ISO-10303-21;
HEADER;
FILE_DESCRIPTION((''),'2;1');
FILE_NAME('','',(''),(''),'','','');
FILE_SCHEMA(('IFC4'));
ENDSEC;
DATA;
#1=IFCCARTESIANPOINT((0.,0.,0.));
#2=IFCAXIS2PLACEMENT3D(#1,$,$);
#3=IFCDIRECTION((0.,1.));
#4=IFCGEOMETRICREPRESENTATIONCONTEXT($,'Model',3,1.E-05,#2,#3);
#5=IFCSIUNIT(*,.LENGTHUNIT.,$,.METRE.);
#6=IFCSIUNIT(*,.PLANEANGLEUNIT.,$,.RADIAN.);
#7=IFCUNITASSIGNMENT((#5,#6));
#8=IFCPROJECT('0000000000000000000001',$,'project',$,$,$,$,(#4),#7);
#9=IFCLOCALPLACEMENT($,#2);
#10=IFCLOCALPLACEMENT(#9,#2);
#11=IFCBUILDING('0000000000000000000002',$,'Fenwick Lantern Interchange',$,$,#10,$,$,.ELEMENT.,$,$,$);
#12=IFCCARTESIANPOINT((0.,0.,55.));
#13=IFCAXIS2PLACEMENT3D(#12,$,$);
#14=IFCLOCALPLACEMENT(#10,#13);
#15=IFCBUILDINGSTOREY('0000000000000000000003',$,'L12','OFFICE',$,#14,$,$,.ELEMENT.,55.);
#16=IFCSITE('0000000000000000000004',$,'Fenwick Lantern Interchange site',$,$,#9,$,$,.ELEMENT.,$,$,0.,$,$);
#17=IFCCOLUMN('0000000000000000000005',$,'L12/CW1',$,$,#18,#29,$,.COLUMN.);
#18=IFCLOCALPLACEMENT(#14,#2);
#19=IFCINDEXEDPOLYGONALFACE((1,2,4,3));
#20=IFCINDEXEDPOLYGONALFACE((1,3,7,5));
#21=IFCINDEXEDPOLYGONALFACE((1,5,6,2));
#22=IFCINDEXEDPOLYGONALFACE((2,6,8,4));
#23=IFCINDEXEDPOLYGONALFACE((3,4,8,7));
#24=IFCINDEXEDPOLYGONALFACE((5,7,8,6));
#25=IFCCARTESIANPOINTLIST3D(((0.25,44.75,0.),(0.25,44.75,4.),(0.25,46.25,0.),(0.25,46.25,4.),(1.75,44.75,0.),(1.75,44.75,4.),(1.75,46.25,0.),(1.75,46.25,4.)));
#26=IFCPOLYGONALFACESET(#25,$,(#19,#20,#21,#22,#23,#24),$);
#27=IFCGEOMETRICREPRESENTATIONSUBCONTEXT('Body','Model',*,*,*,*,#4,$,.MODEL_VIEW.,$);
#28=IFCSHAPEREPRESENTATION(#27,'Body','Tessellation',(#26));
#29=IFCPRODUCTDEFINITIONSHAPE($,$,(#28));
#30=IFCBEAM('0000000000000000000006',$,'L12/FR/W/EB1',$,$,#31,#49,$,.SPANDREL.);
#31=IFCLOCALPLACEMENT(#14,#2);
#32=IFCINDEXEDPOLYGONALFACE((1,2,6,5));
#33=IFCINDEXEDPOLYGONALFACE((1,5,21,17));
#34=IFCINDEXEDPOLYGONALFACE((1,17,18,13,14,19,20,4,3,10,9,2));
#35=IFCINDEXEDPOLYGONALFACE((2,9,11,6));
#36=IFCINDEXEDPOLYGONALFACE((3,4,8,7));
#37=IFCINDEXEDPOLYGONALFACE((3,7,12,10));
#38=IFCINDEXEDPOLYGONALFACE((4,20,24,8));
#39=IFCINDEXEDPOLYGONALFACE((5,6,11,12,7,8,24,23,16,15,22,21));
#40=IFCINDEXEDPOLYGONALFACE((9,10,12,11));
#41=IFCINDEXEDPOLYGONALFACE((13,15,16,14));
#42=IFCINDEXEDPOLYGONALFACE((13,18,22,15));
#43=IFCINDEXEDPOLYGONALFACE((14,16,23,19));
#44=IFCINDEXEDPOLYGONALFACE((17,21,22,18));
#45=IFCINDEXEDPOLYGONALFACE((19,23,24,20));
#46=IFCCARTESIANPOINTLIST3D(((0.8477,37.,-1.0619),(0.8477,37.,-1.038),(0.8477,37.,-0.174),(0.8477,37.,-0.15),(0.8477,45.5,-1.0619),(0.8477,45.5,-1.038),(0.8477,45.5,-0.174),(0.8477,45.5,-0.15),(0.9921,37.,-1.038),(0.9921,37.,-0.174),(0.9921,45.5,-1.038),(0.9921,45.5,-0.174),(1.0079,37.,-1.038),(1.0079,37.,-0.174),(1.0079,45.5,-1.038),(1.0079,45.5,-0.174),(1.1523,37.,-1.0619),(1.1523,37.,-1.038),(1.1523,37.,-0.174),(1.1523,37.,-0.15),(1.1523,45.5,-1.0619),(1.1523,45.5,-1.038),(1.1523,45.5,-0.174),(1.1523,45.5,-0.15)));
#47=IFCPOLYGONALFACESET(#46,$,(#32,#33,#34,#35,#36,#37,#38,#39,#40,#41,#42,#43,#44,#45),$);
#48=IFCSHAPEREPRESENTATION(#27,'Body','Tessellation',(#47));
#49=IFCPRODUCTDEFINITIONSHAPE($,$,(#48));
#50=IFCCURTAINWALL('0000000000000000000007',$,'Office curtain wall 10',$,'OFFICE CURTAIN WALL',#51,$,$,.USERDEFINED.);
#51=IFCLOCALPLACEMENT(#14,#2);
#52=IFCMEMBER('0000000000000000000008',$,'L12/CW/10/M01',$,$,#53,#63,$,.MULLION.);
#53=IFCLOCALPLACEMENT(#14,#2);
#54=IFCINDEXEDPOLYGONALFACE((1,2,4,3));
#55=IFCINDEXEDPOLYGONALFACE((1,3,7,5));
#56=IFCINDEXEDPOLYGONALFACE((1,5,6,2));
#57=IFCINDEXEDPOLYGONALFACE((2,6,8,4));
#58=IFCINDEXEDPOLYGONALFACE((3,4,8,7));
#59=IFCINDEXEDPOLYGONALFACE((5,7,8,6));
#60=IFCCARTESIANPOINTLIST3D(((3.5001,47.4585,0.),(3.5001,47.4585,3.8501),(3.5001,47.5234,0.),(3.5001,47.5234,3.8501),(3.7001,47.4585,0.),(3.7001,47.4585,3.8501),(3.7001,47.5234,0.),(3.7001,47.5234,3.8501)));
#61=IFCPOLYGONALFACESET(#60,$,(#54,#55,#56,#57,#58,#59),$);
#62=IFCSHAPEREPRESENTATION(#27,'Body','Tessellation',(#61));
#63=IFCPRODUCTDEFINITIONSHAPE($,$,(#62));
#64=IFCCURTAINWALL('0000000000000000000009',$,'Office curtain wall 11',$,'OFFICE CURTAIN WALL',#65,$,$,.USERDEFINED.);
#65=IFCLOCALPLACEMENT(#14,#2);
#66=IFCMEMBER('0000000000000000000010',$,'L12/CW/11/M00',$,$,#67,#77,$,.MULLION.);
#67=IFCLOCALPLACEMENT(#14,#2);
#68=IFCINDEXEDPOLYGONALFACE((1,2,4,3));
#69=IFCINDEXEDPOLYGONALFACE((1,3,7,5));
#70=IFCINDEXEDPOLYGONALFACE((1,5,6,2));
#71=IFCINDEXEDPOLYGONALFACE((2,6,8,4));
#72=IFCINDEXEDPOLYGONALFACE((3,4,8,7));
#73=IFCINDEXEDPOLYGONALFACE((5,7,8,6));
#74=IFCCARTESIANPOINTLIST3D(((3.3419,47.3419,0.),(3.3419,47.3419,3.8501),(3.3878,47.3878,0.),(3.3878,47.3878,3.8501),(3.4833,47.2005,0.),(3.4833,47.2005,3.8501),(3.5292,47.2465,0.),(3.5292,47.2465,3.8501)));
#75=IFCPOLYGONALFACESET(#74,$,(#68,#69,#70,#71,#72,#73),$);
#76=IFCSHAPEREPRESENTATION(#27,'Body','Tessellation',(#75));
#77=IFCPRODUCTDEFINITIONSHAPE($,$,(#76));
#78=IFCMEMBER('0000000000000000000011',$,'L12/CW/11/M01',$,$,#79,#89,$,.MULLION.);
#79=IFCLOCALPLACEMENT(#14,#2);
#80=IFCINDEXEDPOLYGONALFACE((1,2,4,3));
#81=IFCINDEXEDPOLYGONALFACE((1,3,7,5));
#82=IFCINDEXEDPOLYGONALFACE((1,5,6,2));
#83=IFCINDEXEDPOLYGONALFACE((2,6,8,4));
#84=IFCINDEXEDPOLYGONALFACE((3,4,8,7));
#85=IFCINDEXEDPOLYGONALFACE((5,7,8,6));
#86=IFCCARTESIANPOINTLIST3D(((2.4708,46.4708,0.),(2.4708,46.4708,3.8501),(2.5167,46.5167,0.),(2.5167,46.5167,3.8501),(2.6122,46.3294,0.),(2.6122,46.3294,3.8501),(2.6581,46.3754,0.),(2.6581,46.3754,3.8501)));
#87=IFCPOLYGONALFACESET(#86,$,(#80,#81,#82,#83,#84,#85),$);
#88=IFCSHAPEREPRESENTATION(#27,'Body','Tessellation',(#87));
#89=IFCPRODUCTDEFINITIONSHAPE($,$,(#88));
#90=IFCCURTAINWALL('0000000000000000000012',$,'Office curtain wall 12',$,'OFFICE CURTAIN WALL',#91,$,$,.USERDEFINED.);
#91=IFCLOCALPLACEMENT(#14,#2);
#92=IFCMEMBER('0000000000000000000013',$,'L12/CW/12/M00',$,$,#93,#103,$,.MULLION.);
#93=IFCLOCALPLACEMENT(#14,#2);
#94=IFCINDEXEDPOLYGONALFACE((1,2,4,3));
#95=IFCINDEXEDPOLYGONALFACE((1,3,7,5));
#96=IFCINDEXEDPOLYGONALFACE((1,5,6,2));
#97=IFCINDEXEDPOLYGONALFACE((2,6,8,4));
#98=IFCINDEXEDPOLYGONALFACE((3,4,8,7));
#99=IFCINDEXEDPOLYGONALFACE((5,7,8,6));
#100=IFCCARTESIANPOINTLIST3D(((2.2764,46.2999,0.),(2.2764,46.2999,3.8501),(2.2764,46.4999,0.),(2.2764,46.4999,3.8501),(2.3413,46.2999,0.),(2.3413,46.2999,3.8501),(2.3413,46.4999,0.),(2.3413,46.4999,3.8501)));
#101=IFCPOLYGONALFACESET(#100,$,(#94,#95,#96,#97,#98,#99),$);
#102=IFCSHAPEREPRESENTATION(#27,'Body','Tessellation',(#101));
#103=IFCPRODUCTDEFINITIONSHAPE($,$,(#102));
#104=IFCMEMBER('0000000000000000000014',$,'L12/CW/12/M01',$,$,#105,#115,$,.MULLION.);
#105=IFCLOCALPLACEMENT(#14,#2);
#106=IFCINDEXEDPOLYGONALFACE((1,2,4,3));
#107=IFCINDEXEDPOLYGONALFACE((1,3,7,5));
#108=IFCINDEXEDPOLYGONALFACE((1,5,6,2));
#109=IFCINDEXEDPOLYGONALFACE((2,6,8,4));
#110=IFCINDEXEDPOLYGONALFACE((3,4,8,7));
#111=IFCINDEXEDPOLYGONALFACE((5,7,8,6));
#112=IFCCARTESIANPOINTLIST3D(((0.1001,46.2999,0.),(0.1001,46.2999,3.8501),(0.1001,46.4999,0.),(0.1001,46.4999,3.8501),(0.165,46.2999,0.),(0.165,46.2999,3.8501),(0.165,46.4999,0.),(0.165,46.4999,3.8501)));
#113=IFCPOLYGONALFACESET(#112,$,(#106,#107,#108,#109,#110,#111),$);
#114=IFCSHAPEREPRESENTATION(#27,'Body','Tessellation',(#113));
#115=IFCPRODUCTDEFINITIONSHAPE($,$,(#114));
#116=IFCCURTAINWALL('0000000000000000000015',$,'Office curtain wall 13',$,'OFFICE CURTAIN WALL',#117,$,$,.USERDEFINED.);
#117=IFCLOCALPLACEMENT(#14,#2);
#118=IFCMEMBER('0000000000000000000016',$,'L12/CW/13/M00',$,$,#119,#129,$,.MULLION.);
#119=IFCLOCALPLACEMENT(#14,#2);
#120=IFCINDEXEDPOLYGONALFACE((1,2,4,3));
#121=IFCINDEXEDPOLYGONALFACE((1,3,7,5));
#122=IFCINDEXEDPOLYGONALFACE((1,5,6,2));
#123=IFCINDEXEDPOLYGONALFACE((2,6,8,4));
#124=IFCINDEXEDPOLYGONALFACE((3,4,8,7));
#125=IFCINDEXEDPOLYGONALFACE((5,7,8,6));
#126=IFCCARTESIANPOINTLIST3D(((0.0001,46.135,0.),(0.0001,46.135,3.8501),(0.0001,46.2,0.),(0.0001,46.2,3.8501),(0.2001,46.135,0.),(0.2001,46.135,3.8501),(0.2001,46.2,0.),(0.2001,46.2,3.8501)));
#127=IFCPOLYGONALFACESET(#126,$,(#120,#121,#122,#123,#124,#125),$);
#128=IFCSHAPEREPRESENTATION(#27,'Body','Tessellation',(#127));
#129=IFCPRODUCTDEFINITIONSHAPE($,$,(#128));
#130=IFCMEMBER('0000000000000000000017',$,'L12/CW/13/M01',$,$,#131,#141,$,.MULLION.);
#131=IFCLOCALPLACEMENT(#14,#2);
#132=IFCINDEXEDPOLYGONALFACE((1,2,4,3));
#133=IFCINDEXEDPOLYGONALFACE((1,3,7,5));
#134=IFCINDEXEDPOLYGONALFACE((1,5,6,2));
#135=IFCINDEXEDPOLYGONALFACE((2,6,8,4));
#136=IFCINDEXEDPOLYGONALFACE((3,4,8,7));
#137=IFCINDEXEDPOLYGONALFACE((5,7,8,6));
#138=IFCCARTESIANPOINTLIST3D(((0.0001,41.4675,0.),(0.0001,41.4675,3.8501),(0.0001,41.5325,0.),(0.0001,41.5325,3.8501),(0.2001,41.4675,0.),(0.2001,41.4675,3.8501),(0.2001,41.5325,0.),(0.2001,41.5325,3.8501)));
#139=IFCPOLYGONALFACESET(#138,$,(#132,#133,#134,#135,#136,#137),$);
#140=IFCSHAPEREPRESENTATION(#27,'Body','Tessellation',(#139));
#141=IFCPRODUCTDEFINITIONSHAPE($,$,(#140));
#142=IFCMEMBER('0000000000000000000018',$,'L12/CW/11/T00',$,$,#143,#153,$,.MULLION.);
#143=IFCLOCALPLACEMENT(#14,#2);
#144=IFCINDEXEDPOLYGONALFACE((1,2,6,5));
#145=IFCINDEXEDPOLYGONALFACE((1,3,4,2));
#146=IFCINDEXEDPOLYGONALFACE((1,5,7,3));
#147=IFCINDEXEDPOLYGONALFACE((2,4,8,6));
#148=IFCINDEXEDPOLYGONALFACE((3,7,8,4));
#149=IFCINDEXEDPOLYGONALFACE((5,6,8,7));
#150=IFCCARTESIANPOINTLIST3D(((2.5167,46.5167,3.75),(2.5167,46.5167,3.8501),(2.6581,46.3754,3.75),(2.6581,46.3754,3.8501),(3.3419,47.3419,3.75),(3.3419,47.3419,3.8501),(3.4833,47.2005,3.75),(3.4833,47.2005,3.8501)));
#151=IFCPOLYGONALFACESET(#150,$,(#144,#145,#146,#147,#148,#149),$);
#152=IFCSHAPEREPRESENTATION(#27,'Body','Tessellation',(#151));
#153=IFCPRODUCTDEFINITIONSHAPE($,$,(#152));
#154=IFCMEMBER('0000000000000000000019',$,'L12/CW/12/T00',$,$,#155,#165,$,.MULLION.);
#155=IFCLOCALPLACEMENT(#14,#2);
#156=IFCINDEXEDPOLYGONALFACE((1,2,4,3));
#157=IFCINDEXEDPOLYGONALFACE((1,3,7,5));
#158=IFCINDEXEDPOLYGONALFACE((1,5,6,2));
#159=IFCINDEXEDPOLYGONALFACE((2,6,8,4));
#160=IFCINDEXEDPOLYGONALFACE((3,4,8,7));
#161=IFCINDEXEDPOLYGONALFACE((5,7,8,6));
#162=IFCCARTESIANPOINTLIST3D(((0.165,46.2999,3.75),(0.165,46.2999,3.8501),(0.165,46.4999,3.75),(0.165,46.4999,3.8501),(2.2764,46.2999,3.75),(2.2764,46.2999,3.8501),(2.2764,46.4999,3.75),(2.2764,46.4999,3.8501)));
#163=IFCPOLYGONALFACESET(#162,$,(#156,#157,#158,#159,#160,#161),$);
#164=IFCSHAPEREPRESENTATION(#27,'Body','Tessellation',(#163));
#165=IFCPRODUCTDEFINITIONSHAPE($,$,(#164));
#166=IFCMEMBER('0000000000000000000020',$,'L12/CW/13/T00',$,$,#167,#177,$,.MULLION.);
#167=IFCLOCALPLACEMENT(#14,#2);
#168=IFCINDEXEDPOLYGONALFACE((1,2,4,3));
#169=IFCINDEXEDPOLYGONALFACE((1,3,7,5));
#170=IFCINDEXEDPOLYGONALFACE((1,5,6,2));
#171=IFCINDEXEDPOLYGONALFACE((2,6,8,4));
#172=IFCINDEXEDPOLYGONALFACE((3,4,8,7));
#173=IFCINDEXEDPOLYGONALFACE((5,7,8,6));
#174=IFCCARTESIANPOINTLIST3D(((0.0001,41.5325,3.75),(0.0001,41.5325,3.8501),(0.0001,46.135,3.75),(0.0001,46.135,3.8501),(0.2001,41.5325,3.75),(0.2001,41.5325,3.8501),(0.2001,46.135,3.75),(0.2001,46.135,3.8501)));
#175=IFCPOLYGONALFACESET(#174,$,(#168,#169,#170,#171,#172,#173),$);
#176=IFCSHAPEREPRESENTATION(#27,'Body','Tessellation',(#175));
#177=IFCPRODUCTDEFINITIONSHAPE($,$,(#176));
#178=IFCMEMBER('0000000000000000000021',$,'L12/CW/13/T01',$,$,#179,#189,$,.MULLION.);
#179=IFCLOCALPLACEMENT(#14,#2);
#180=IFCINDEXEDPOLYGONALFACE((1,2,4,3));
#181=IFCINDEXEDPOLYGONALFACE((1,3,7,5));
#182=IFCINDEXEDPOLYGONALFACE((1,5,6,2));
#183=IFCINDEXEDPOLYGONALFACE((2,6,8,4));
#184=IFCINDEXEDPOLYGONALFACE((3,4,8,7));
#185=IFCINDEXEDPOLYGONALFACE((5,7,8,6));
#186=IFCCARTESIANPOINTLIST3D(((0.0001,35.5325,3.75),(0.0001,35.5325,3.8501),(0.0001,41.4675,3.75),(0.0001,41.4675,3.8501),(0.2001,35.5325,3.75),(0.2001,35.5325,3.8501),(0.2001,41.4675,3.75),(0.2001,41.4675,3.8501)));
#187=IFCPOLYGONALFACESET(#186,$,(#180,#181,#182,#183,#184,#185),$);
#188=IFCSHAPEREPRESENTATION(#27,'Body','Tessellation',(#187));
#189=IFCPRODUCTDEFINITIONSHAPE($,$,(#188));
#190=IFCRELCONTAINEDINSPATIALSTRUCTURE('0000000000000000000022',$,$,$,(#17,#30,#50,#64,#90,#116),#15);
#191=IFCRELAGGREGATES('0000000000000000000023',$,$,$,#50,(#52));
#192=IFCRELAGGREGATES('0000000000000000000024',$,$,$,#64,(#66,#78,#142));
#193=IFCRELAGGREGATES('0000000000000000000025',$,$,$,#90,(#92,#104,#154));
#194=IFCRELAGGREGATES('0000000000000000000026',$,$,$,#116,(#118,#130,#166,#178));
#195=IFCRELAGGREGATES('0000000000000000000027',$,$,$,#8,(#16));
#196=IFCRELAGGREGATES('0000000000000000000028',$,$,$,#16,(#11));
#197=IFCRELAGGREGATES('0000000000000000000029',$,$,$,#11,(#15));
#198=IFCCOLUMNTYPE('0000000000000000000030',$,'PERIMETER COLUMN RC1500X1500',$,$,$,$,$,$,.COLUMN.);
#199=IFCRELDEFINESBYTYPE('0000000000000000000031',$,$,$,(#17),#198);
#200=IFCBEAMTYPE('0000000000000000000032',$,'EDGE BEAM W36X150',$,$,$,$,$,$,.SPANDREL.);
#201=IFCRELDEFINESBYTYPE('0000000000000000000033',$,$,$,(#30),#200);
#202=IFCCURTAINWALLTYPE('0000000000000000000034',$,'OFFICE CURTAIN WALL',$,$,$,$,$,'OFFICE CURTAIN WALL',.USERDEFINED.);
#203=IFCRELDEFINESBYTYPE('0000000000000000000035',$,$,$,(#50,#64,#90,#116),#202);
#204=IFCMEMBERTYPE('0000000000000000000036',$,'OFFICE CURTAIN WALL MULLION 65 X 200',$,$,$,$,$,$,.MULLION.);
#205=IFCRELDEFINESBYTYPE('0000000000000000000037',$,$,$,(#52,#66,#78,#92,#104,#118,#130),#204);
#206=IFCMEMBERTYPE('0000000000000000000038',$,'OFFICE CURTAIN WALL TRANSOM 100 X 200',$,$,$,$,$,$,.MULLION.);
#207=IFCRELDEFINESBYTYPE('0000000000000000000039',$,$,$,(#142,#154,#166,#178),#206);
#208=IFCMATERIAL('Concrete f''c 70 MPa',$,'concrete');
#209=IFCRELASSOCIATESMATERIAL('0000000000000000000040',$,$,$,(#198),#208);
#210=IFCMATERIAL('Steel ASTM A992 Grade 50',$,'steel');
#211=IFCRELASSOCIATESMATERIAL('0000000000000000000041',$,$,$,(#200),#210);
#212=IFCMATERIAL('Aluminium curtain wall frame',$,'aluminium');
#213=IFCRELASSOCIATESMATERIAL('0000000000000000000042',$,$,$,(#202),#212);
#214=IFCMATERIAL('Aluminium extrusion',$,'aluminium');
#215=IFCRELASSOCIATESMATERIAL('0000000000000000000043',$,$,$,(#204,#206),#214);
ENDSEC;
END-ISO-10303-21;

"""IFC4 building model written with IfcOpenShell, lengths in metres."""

from ifc_helpers import new_model, si_unit, direction, frame, origin, origin_2d, place, context, subcontext, project, spatial, rectangle, i_section, extrude, material, material_profile, profile_set, type_object, element, aggregate, save


model = new_model("IFC4")

# Units and contexts
model_context = context("Model", 3, precision=1e-05, world=origin(), true_north=direction((0.0, 1.0)))
body_context = subcontext(model_context, "Body", "Model", "MODEL_VIEW")
ifc_project = project(units=[si_unit("LENGTHUNIT", "METRE"), si_unit("PLANEANGLEUNIT", "RADIAN")], contexts=[model_context])

# Site, building, storey
site_placement = place(None, origin())
site = spatial("IfcSite", under=ifc_project, at=site_placement, Name="Fenwick Lantern Interchange site", CompositionType="ELEMENT", RefElevation=0.0)
building_placement = place(site_placement, origin())
building = spatial("IfcBuilding", under=site, at=building_placement, Name="Fenwick Lantern Interchange", CompositionType="ELEMENT")
storey_placement = place(building_placement, frame((0.0, 0.0, 55.0)))
storey = spatial("IfcBuildingStorey", under=building, at=storey_placement, Name="L12", Description="OFFICE", CompositionType="ELEMENT", Elevation=55.0)

# Column
ifc_material_1 = material(Name="Concrete f'c 70 MPa", Category="concrete")
ifc_material_profile_1 = material_profile(ifc_material_1, rectangle(XDim=1.5, YDim=1.5, at=origin_2d()), Name="RC1500X1500")
ifc_profile_set_1 = profile_set([ifc_material_profile_1], Name="Concrete f'c 70 MPa")
column_type = type_object("IfcColumnType", Name="PERIMETER COLUMN RC1500X1500", PredefinedType="COLUMN", material=ifc_profile_set_1)
column_placement = place(storey_placement, frame((1.0, 45.5, 0.0), z_axis=(0.0, 0.0, 1.0), x_axis=(1.0, 0.0, 0.0)))
element("IfcColumn", 1, at=column_placement, inside=storey, type_object=column_type, Name="L12/CW1", PredefinedType="COLUMN", context=body_context, shape_type="SweptSolid", body=[
    extrude(rectangle(XDim=1.5, YDim=1.5, at=origin_2d()), origin(), (0.0, 0.0, 1.0), 4.0),
])

# Beam
ifc_material_2 = material(Name="Steel ASTM A992 Grade 50", Category="steel")
ifc_material_profile_2 = material_profile(ifc_material_2, i_section(OverallWidth=0.3047, OverallDepth=0.9119, WebThickness=0.0159, FlangeThickness=0.0239, at=origin_2d()), Name="W36X150")
ifc_profile_set_2 = profile_set([ifc_material_profile_2], Name="Steel ASTM A992 Grade 50")
beam_type = type_object("IfcBeamType", Name="EDGE BEAM W36X150", PredefinedType="SPANDREL", material=ifc_profile_set_2)
beam_placement = place(storey_placement, frame((1.0, 45.5, -0.606), z_axis=(0.0, -1.0, 0.0), x_axis=(1.0, 0.0, 0.0)))
element("IfcBeam", 2, at=beam_placement, inside=storey, type_object=beam_type, Name="L12/FR/W/EB1", PredefinedType="SPANDREL", context=body_context, shape_type="SweptSolid", body=[
    extrude(i_section(OverallWidth=0.3047, OverallDepth=0.9119, WebThickness=0.0159, FlangeThickness=0.0239, at=origin_2d()), origin(), (0.0, 0.0, 1.0), 8.5),
])

# Curtain wall, member
ifc_material_3 = material(Name="Aluminium curtain wall frame", Category="aluminium")
curtain_wall_type = type_object("IfcCurtainWallType", Name="OFFICE CURTAIN WALL", ElementType="OFFICE CURTAIN WALL", PredefinedType="USERDEFINED", material=ifc_material_3)
curtain_wall_1_placement = place(storey_placement, origin())
curtain_wall_1 = element("IfcCurtainWall", 3, at=curtain_wall_1_placement, inside=storey, type_object=curtain_wall_type, Name="Office curtain wall 10", ObjectType="OFFICE CURTAIN WALL", PredefinedType="USERDEFINED")
ifc_material_4 = material(Name="Aluminium extrusion", Category="aluminium")
ifc_material_profile_3 = material_profile(ifc_material_4, rectangle(XDim=0.2, YDim=0.0649, at=origin_2d()), Name="OFFICE CURTAIN WALL MULLION 65 X 200")
ifc_profile_set_3 = profile_set([ifc_material_profile_3], Name="Aluminium extrusion")
member_type_1 = type_object("IfcMemberType", Name="OFFICE CURTAIN WALL MULLION 65 X 200", PredefinedType="MULLION", material=ifc_profile_set_3)
member_1_placement = place(storey_placement, frame((3.6001, 47.491, 0.0), z_axis=(0.0, 0.0, 1.0), x_axis=(1.0, 0.0, 0.0)))
member_1 = element("IfcMember", 4, at=member_1_placement, type_object=member_type_1, Name="L12/CW/10/M01", PredefinedType="MULLION", context=body_context, shape_type="SweptSolid", body=[
    extrude(rectangle(XDim=0.2, YDim=0.0649, at=origin_2d()), origin(), (0.0, 0.0, 1.0), 3.8501),
])
aggregate(curtain_wall_1, [member_1])

# Curtain walls, members
curtain_wall_2_placement = place(storey_placement, origin())
curtain_wall_2 = element("IfcCurtainWall", 5, at=curtain_wall_2_placement, inside=storey, type_object=curtain_wall_type, Name="Office curtain wall 11", ObjectType="OFFICE CURTAIN WALL", PredefinedType="USERDEFINED")
member_2_placement = place(storey_placement, frame((3.4355, 47.2942, 0.0), z_axis=(0.0, 0.0, 1.0), x_axis=(0.707107, -0.707107, 0.0)))
member_2 = element("IfcMember", 6, at=member_2_placement, type_object=member_type_1, Name="L12/CW/11/M00", PredefinedType="MULLION", context=body_context, shape_type="SweptSolid", body=[
    extrude(rectangle(XDim=0.2, YDim=0.0649, at=origin_2d()), origin(), (0.0, 0.0, 1.0), 3.8501),
])
member_3_placement = place(storey_placement, frame((2.5645, 46.4231, 0.0), z_axis=(0.0, 0.0, 1.0), x_axis=(0.707107, -0.707107, 0.0)))
member_3 = element("IfcMember", 7, at=member_3_placement, type_object=member_type_1, Name="L12/CW/11/M01", PredefinedType="MULLION", context=body_context, shape_type="SweptSolid", body=[
    extrude(rectangle(XDim=0.2, YDim=0.0649, at=origin_2d()), origin(), (0.0, 0.0, 1.0), 3.8501),
])
curtain_wall_3_placement = place(storey_placement, origin())
curtain_wall_3 = element("IfcCurtainWall", 8, at=curtain_wall_3_placement, inside=storey, type_object=curtain_wall_type, Name="Office curtain wall 12", ObjectType="OFFICE CURTAIN WALL", PredefinedType="USERDEFINED")
member_4_placement = place(storey_placement, frame((2.3088, 46.3999, 0.0), z_axis=(0.0, 0.0, 1.0), x_axis=(0.0, -1.0, 0.0)))
member_4 = element("IfcMember", 9, at=member_4_placement, type_object=member_type_1, Name="L12/CW/12/M00", PredefinedType="MULLION", context=body_context, shape_type="SweptSolid", body=[
    extrude(rectangle(XDim=0.2, YDim=0.0649, at=origin_2d()), origin(), (0.0, 0.0, 1.0), 3.8501),
])
member_5_placement = place(storey_placement, frame((0.1326, 46.3999, 0.0), z_axis=(0.0, 0.0, 1.0), x_axis=(0.0, -1.0, 0.0)))
member_5 = element("IfcMember", 10, at=member_5_placement, type_object=member_type_1, Name="L12/CW/12/M01", PredefinedType="MULLION", context=body_context, shape_type="SweptSolid", body=[
    extrude(rectangle(XDim=0.2, YDim=0.0649, at=origin_2d()), origin(), (0.0, 0.0, 1.0), 3.8501),
])
curtain_wall_4_placement = place(storey_placement, origin())
curtain_wall_4 = element("IfcCurtainWall", 11, at=curtain_wall_4_placement, inside=storey, type_object=curtain_wall_type, Name="Office curtain wall 13", ObjectType="OFFICE CURTAIN WALL", PredefinedType="USERDEFINED")
member_6_placement = place(storey_placement, frame((0.1001, 46.1675, 0.0), z_axis=(0.0, 0.0, 1.0), x_axis=(1.0, 0.0, 0.0)))
member_6 = element("IfcMember", 12, at=member_6_placement, type_object=member_type_1, Name="L12/CW/13/M00", PredefinedType="MULLION", context=body_context, shape_type="SweptSolid", body=[
    extrude(rectangle(XDim=0.2, YDim=0.0649, at=origin_2d()), origin(), (0.0, 0.0, 1.0), 3.8501),
])
member_7_placement = place(storey_placement, frame((0.1001, 41.5, 0.0), z_axis=(0.0, 0.0, 1.0), x_axis=(1.0, 0.0, 0.0)))
member_7 = element("IfcMember", 13, at=member_7_placement, type_object=member_type_1, Name="L12/CW/13/M01", PredefinedType="MULLION", context=body_context, shape_type="SweptSolid", body=[
    extrude(rectangle(XDim=0.2, YDim=0.0649, at=origin_2d()), origin(), (0.0, 0.0, 1.0), 3.8501),
])

# Members
ifc_material_profile_4 = material_profile(ifc_material_4, rectangle(XDim=0.2, YDim=0.1001, at=origin_2d()), Name="OFFICE CURTAIN WALL TRANSOM 100 X 200")
ifc_profile_set_4 = profile_set([ifc_material_profile_4], Name="Aluminium extrusion")
member_type_2 = type_object("IfcMemberType", Name="OFFICE CURTAIN WALL TRANSOM 100 X 200", PredefinedType="MULLION", material=ifc_profile_set_4)
member_8_placement = place(storey_placement, frame((3.4126, 47.2712, 3.8), z_axis=(-0.707107, -0.707107, 0.0), x_axis=(0.707107, -0.707107, 0.0)))
member_8 = element("IfcMember", 14, at=member_8_placement, type_object=member_type_2, Name="L12/CW/11/T00", PredefinedType="MULLION", context=body_context, shape_type="SweptSolid", body=[
    extrude(rectangle(XDim=0.2, YDim=0.1001, at=origin_2d()), origin(), (0.0, 0.0, 1.0), 1.167),
])
member_9_placement = place(storey_placement, frame((2.2764, 46.3999, 3.8), z_axis=(-1.0, 0.0, 0.0), x_axis=(0.0, -1.0, 0.0)))
member_9 = element("IfcMember", 15, at=member_9_placement, type_object=member_type_2, Name="L12/CW/12/T00", PredefinedType="MULLION", context=body_context, shape_type="SweptSolid", body=[
    extrude(rectangle(XDim=0.2, YDim=0.1001, at=origin_2d()), origin(), (0.0, 0.0, 1.0), 2.1113),
])
member_10_placement = place(storey_placement, frame((0.1001, 46.135, 3.8), z_axis=(0.0, -1.0, 0.0), x_axis=(1.0, 0.0, 0.0)))
member_10 = element("IfcMember", 16, at=member_10_placement, type_object=member_type_2, Name="L12/CW/13/T00", PredefinedType="MULLION", context=body_context, shape_type="SweptSolid", body=[
    extrude(rectangle(XDim=0.2, YDim=0.1001, at=origin_2d()), origin(), (0.0, 0.0, 1.0), 4.6025),
])
member_11_placement = place(storey_placement, frame((0.1001, 41.4675, 3.8), z_axis=(0.0, -1.0, 0.0), x_axis=(1.0, 0.0, 0.0)))
member_11 = element("IfcMember", 17, at=member_11_placement, type_object=member_type_2, Name="L12/CW/13/T01", PredefinedType="MULLION", context=body_context, shape_type="SweptSolid", body=[
    extrude(rectangle(XDim=0.2, YDim=0.1001, at=origin_2d()), origin(), (0.0, 0.0, 1.0), 5.9351),
])

aggregate(curtain_wall_2, [member_2, member_3, member_8])
aggregate(curtain_wall_3, [member_4, member_5, member_9])
aggregate(curtain_wall_4, [member_6, member_7, member_10, member_11])

save(model, "model.ifc")
